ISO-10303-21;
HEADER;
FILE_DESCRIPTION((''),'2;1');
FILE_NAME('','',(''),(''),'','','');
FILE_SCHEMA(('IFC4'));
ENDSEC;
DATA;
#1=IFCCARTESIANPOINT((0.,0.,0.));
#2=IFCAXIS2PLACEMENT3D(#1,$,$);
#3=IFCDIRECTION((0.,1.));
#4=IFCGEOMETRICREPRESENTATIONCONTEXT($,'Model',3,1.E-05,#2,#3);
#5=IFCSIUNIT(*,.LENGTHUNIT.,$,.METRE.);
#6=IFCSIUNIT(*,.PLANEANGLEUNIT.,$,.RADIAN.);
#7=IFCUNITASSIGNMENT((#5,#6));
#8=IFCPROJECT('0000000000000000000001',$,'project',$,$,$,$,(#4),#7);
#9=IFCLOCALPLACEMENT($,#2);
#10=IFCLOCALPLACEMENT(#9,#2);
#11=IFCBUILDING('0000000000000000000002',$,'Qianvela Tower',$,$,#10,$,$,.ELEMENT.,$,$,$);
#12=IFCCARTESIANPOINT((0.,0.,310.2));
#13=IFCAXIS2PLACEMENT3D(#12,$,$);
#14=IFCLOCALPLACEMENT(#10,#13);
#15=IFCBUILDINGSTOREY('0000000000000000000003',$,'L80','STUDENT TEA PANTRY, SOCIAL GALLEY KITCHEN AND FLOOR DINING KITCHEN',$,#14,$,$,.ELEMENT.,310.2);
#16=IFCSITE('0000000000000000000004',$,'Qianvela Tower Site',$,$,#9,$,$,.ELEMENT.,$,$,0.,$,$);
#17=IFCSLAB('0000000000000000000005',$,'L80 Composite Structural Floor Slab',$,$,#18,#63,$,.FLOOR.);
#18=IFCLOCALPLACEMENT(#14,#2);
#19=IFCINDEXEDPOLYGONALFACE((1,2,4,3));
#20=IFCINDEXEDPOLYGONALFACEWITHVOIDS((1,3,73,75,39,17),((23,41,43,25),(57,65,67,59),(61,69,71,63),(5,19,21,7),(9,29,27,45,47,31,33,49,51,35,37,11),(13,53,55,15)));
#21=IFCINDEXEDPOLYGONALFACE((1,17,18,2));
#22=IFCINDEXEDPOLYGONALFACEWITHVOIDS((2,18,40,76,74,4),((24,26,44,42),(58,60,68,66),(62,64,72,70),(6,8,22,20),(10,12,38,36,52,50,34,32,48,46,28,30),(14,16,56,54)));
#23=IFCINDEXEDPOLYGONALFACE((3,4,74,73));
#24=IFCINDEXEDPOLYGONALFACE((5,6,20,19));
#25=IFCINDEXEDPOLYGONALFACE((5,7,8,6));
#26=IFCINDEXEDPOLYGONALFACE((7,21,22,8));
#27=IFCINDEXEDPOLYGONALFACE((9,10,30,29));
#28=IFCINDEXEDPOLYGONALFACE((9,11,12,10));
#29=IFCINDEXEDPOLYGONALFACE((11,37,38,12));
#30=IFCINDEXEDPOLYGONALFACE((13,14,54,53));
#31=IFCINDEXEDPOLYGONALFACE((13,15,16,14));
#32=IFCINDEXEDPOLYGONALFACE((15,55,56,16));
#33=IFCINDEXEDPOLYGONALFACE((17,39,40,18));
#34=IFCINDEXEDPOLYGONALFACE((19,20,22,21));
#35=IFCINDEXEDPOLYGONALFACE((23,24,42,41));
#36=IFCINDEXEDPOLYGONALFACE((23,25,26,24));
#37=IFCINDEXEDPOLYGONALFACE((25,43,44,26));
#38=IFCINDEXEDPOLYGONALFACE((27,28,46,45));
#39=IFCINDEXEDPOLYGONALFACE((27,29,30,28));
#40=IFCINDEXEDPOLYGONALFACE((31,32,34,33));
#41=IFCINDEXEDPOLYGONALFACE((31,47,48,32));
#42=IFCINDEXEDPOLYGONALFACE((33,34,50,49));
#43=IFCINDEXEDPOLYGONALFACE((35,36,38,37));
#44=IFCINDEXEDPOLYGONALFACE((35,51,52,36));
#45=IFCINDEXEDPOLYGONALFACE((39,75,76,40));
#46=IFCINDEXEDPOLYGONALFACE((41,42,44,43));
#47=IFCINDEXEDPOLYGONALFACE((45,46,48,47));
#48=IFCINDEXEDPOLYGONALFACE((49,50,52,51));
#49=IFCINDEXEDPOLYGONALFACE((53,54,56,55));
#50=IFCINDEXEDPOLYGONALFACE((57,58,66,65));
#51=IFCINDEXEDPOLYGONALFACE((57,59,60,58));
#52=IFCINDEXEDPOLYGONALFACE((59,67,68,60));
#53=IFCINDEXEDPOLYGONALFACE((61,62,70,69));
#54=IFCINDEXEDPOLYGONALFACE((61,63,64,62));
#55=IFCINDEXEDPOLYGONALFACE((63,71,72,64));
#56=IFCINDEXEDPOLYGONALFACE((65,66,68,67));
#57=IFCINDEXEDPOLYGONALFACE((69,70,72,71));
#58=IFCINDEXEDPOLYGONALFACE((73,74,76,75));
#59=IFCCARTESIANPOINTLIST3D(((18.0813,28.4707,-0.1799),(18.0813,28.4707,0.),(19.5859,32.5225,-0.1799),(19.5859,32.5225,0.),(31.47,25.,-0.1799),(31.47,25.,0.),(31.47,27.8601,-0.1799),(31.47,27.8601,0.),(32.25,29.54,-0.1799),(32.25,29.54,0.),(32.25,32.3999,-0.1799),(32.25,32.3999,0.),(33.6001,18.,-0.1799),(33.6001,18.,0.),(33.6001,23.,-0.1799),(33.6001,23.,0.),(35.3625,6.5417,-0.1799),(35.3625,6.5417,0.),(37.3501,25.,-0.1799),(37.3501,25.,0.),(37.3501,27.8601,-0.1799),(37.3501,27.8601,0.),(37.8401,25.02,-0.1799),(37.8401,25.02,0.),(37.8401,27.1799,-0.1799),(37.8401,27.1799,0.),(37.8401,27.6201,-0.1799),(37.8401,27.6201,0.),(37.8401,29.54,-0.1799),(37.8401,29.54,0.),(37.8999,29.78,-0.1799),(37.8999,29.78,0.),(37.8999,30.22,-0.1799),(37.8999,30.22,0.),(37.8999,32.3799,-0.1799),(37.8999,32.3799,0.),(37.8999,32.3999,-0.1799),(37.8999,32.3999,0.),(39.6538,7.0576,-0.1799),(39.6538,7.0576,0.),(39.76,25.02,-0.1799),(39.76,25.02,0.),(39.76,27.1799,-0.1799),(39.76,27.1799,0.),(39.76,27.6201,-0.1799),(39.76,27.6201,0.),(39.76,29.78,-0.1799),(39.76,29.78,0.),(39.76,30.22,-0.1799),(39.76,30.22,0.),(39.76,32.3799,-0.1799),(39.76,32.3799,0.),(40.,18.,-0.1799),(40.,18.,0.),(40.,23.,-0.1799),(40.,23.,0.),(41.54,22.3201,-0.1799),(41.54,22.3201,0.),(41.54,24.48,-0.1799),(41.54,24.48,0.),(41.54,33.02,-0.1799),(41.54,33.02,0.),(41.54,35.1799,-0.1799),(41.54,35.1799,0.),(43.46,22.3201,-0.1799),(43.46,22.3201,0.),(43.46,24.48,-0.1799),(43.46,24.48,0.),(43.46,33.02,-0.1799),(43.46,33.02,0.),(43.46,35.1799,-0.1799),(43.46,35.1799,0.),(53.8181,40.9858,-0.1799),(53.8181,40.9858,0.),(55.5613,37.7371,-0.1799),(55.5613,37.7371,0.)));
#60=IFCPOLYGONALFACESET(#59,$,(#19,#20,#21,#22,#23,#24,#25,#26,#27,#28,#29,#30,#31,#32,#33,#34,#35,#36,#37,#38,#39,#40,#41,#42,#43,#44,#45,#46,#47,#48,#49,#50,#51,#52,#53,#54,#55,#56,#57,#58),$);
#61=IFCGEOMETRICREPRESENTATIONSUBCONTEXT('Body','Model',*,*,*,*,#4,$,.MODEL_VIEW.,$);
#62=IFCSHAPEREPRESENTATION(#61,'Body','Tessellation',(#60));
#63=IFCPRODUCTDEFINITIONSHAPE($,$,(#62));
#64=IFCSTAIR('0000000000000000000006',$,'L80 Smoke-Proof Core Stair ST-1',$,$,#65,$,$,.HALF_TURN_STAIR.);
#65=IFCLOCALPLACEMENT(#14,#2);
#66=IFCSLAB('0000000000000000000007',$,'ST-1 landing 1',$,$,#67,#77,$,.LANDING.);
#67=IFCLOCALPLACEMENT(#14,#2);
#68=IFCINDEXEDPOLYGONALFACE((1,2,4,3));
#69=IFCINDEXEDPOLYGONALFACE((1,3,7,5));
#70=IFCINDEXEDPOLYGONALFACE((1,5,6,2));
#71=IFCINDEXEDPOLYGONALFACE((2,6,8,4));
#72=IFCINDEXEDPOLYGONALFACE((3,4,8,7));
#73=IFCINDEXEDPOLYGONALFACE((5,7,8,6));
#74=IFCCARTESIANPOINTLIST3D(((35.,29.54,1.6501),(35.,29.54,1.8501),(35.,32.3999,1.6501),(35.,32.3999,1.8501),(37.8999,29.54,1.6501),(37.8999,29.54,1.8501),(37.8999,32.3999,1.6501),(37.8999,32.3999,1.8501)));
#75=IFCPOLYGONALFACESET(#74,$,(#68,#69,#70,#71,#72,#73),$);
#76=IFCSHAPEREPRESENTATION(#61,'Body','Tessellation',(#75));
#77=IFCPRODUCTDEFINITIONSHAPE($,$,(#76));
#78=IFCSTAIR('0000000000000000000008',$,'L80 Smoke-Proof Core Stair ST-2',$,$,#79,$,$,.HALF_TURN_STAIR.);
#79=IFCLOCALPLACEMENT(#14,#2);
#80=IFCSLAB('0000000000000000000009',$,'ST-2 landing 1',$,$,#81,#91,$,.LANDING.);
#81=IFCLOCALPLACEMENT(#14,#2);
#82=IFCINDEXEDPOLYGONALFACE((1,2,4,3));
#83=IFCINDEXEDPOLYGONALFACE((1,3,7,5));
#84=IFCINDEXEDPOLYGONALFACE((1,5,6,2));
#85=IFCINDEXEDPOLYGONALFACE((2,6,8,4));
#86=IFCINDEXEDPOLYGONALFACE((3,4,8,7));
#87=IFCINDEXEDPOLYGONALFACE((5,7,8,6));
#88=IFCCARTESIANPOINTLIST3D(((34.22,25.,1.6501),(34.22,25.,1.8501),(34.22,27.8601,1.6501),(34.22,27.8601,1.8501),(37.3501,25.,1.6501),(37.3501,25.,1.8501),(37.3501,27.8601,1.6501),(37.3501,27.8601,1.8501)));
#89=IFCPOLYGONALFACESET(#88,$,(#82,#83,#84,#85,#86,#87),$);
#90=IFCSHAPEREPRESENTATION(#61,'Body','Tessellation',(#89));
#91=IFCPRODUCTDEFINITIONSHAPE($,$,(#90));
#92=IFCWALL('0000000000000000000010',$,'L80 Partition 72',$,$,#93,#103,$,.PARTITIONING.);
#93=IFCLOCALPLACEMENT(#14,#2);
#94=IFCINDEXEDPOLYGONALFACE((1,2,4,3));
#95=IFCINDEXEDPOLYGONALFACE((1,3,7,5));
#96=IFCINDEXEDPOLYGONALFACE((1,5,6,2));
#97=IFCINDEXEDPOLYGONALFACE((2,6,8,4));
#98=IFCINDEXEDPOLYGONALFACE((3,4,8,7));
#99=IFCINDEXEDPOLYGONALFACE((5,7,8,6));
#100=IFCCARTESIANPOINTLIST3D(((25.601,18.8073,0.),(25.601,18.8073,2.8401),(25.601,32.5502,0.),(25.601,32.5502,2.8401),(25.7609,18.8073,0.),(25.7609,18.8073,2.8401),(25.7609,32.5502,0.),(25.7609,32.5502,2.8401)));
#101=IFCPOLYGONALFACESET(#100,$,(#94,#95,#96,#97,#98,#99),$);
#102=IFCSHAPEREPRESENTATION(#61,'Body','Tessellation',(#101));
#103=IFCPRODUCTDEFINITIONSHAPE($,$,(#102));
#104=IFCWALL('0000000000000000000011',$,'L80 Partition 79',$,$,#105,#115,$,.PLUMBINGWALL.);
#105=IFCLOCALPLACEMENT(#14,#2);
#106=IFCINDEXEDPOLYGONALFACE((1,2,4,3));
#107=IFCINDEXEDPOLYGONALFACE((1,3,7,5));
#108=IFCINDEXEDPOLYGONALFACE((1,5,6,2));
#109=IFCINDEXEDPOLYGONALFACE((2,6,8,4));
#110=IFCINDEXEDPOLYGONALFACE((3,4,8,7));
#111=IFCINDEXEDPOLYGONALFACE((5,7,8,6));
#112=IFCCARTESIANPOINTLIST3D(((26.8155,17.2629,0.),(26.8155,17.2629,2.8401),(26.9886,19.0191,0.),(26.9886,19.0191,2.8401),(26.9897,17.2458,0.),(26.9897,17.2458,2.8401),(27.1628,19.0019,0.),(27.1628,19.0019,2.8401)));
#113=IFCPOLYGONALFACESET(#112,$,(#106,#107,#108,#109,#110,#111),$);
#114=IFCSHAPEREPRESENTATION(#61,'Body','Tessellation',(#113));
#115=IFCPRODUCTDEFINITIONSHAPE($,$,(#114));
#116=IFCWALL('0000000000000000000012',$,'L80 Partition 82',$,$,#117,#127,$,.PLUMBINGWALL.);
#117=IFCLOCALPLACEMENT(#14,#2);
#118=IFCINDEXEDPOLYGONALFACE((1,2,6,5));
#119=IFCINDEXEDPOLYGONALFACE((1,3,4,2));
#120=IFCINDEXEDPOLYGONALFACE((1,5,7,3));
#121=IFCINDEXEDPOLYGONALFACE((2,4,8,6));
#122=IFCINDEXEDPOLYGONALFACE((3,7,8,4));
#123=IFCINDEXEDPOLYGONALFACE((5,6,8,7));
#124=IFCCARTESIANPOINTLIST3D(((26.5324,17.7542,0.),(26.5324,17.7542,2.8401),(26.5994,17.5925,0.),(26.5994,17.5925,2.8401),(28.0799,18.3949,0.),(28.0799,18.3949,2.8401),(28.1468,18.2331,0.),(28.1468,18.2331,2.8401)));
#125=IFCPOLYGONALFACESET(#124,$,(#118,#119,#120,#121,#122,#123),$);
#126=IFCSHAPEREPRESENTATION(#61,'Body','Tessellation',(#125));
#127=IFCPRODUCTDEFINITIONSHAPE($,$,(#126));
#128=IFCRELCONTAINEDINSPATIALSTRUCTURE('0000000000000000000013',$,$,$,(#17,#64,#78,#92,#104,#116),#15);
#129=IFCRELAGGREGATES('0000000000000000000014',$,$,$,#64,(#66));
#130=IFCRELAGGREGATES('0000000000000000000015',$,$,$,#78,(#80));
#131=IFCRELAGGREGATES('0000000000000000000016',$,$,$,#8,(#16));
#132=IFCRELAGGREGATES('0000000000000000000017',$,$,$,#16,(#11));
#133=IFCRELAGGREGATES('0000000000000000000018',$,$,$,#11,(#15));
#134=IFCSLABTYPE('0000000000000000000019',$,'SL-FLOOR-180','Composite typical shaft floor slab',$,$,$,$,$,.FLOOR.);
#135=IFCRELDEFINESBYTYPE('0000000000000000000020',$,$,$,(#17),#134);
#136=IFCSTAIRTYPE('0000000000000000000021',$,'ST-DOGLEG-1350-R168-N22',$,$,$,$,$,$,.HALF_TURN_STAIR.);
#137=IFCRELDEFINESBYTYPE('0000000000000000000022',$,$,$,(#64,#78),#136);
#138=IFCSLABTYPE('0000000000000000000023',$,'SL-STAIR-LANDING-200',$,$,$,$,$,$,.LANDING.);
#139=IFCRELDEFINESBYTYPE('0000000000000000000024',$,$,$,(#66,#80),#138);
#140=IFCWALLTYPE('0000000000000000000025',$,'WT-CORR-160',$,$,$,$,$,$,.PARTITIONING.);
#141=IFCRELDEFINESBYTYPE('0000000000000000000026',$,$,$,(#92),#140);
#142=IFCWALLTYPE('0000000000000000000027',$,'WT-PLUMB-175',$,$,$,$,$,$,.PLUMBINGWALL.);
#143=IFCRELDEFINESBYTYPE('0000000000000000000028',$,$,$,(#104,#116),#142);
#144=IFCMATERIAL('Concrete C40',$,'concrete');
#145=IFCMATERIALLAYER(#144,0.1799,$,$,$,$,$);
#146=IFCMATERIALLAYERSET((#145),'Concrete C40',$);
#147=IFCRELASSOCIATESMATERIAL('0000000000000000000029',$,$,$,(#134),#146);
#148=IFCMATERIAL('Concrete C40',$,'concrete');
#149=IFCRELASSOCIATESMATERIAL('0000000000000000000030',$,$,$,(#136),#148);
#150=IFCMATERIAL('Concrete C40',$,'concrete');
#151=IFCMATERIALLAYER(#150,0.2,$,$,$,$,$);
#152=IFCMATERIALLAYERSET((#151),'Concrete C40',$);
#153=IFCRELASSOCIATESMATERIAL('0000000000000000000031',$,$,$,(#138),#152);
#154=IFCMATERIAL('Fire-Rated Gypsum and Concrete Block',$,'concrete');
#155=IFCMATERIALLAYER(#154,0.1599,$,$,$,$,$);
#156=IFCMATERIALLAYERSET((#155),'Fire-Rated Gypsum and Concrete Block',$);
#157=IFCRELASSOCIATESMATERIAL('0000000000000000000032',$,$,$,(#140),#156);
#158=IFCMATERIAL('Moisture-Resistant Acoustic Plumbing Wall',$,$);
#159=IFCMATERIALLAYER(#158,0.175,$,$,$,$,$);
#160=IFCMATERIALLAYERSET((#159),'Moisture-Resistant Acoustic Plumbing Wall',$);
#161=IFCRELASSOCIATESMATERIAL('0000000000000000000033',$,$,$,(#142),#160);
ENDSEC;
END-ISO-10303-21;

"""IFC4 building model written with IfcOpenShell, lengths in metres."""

from ifc_helpers import new_model, si_unit, direction, frame, frame_2d, origin, place, context, subcontext, project, spatial, polyline, rectangle, outline, extrude, material, layer, layer_set, type_object, element, aggregate, save


model = new_model("IFC4")

# Units and contexts
model_context = context("Model", 3, precision=1e-05, world=origin(), true_north=direction((0.0, 1.0)))
body_context = subcontext(model_context, "Body", "Model", "MODEL_VIEW")
ifc_project = project(units=[si_unit("LENGTHUNIT", "METRE"), si_unit("PLANEANGLEUNIT", "RADIAN")], contexts=[model_context])

# Site, building, storey
site_placement = place(None, origin())
site = spatial("IfcSite", under=ifc_project, at=site_placement, Name="Qianvela Tower Site", CompositionType="ELEMENT", RefElevation=0.0)
building_placement = place(site_placement, origin())
building = spatial("IfcBuilding", under=site, at=building_placement, Name="Qianvela Tower", CompositionType="ELEMENT")
storey_placement = place(building_placement, frame((0.0, 0.0, 310.2)))
storey = spatial("IfcBuildingStorey", under=building, at=storey_placement, Name="L80", Description="STUDENT TEA PANTRY, SOCIAL GALLEY KITCHEN AND FLOOR DINING KITCHEN", CompositionType="ELEMENT", Elevation=310.2)

# Slab
ifc_material_1 = material(Name="Concrete C40", Category="concrete")
ifc_layer_1 = layer(ifc_material_1, 0.1799)
ifc_layer_set_1 = layer_set([ifc_layer_1], Name="Concrete C40")
slab_type_1 = type_object("IfcSlabType", Name="SL-FLOOR-180", Description="Composite typical shaft floor slab", PredefinedType="FLOOR", material=ifc_layer_set_1)
slab_1_placement = place(storey_placement, frame((0.0, 0.0, -0.1799)))
element("IfcSlab", 1, at=slab_1_placement, inside=storey, type_object=slab_type_1, Name="L80 Composite Structural Floor Slab", PredefinedType="FLOOR", context=body_context, shape_type="SweptSolid", body=[
    extrude(outline(polyline([(55.5613, 37.7371), (53.8181, 40.9858), (19.5859, 32.5225), (18.0813, 28.4707), (35.3625, 6.5417), (39.6538, 7.0576), (55.5613, 37.7371)]), holes=[polyline([(40.0, 23.0), (33.6001, 23.0), (33.6001, 18.0), (40.0, 18.0), (40.0, 23.0)]), polyline([(43.46, 24.48), (41.54, 24.48), (41.54, 22.3201), (43.46, 22.3201), (43.46, 24.48)]), polyline([(39.76, 27.1799), (37.8401, 27.1799), (37.8401, 25.02), (39.76, 25.02), (39.76, 27.1799)]), polyline([(37.3501, 27.8601), (31.47, 27.8601), (31.47, 25.0), (37.3501, 25.0), (37.3501, 27.8601)]), polyline([(39.76, 27.6201), (39.76, 29.78), (37.8999, 29.78), (37.8999, 30.22), (39.76, 30.22), (39.76, 32.3799), (37.8999, 32.3799), (37.8999, 32.3999), (32.25, 32.3999), (32.25, 29.54), (37.8401, 29.54), (37.8401, 27.6201), (39.76, 27.6201)]), polyline([(43.46, 35.1799), (41.54, 35.1799), (41.54, 33.02), (43.46, 33.02), (43.46, 35.1799)])]), origin(), (0.0, 0.0, 1.0), 0.1799),
])

# Stairs, slabs
ifc_material_2 = material(Name="Concrete C40", Category="concrete")
stair_type = type_object("IfcStairType", Name="ST-DOGLEG-1350-R168-N22", PredefinedType="HALF_TURN_STAIR", material=ifc_material_2)
stair_1_placement = place(storey_placement, origin())
stair_1 = element("IfcStair", 2, at=stair_1_placement, inside=storey, type_object=stair_type, Name="L80 Smoke-Proof Core Stair ST-1", PredefinedType="HALF_TURN_STAIR")
ifc_material_3 = material(Name="Concrete C40", Category="concrete")
ifc_layer_2 = layer(ifc_material_3, 0.2)
ifc_layer_set_2 = layer_set([ifc_layer_2], Name="Concrete C40")
slab_type_2 = type_object("IfcSlabType", Name="SL-STAIR-LANDING-200", PredefinedType="LANDING", material=ifc_layer_set_2)
slab_2_placement = place(storey_placement, frame((0.0, 0.0, 1.6501)))
slab_2 = element("IfcSlab", 3, at=slab_2_placement, type_object=slab_type_2, Name="ST-1 landing 1", PredefinedType="LANDING", context=body_context, shape_type="SweptSolid", body=[
    extrude(outline(polyline([(35.0, 29.54), (37.8999, 29.54), (37.8999, 32.3999), (35.0, 32.3999), (35.0, 29.54)])), origin(), (0.0, 0.0, 1.0), 0.2),
])
aggregate(stair_1, [slab_2])
stair_2_placement = place(storey_placement, origin())
stair_2 = element("IfcStair", 4, at=stair_2_placement, inside=storey, type_object=stair_type, Name="L80 Smoke-Proof Core Stair ST-2", PredefinedType="HALF_TURN_STAIR")
slab_3_placement = place(storey_placement, frame((0.0, 0.0, 1.6501)))
slab_3 = element("IfcSlab", 5, at=slab_3_placement, type_object=slab_type_2, Name="ST-2 landing 1", PredefinedType="LANDING", context=body_context, shape_type="SweptSolid", body=[
    extrude(outline(polyline([(34.22, 25.0), (37.3501, 25.0), (37.3501, 27.8601), (34.22, 27.8601), (34.22, 25.0)])), origin(), (0.0, 0.0, 1.0), 0.2),
])
aggregate(stair_2, [slab_3])

# Walls
ifc_material_4 = material(Name="Fire-Rated Gypsum and Concrete Block", Category="concrete")
ifc_layer_3 = layer(ifc_material_4, 0.1599)
ifc_layer_set_3 = layer_set([ifc_layer_3], Name="Fire-Rated Gypsum and Concrete Block")
wall_type_1 = type_object("IfcWallType", Name="WT-CORR-160", PredefinedType="PARTITIONING", material=ifc_layer_set_3)
wall_1_placement = place(storey_placement, frame((25.6809, 18.8071, 0.0), z_axis=(0.0, 0.0, 1.0), x_axis=(0.0, 1.0, 0.0)))
element("IfcWall", 6, at=wall_1_placement, inside=storey, type_object=wall_type_1, Name="L80 Partition 72", PredefinedType="PARTITIONING", context=body_context, shape_type="SweptSolid", body=[
    extrude(rectangle(XDim=13.7429, YDim=0.1599, at=frame_2d((6.8716, 0.0))), origin(), (0.0, 0.0, 1.0), 2.8401),
])
ifc_material_5 = material(Name="Moisture-Resistant Acoustic Plumbing Wall")
ifc_layer_4 = layer(ifc_material_5, 0.175)
ifc_layer_set_4 = layer_set([ifc_layer_4], Name="Moisture-Resistant Acoustic Plumbing Wall")
wall_type_2 = type_object("IfcWallType", Name="WT-PLUMB-175", PredefinedType="PLUMBINGWALL", material=ifc_layer_set_4)
wall_2_placement = place(storey_placement, frame((27.0757, 19.0105, 0.0), z_axis=(0.0, 0.0, 1.0), x_axis=(-0.098093, -0.995177, 0.0)))
element("IfcWall", 7, at=wall_2_placement, inside=storey, type_object=wall_type_2, Name="L80 Partition 79", PredefinedType="PLUMBINGWALL", context=body_context, shape_type="SweptSolid", body=[
    extrude(rectangle(XDim=1.7646, YDim=0.175, at=frame_2d((0.8823, 0.0))), origin(), (0.0, 0.0, 1.0), 2.8401),
])
wall_3_placement = place(storey_placement, frame((26.5659, 17.6733, 0.0), z_axis=(0.0, 0.0, 1.0), x_axis=(0.923946, 0.382523, 0.0)))
element("IfcWall", 8, at=wall_3_placement, inside=storey, type_object=wall_type_2, Name="L80 Partition 82", PredefinedType="PLUMBINGWALL", context=body_context, shape_type="SweptSolid", body=[
    extrude(rectangle(XDim=1.6748, YDim=0.175, at=frame_2d((0.8374, 0.0))), origin(), (0.0, 0.0, 1.0), 2.8401),
])

save(model, "model.ifc")
